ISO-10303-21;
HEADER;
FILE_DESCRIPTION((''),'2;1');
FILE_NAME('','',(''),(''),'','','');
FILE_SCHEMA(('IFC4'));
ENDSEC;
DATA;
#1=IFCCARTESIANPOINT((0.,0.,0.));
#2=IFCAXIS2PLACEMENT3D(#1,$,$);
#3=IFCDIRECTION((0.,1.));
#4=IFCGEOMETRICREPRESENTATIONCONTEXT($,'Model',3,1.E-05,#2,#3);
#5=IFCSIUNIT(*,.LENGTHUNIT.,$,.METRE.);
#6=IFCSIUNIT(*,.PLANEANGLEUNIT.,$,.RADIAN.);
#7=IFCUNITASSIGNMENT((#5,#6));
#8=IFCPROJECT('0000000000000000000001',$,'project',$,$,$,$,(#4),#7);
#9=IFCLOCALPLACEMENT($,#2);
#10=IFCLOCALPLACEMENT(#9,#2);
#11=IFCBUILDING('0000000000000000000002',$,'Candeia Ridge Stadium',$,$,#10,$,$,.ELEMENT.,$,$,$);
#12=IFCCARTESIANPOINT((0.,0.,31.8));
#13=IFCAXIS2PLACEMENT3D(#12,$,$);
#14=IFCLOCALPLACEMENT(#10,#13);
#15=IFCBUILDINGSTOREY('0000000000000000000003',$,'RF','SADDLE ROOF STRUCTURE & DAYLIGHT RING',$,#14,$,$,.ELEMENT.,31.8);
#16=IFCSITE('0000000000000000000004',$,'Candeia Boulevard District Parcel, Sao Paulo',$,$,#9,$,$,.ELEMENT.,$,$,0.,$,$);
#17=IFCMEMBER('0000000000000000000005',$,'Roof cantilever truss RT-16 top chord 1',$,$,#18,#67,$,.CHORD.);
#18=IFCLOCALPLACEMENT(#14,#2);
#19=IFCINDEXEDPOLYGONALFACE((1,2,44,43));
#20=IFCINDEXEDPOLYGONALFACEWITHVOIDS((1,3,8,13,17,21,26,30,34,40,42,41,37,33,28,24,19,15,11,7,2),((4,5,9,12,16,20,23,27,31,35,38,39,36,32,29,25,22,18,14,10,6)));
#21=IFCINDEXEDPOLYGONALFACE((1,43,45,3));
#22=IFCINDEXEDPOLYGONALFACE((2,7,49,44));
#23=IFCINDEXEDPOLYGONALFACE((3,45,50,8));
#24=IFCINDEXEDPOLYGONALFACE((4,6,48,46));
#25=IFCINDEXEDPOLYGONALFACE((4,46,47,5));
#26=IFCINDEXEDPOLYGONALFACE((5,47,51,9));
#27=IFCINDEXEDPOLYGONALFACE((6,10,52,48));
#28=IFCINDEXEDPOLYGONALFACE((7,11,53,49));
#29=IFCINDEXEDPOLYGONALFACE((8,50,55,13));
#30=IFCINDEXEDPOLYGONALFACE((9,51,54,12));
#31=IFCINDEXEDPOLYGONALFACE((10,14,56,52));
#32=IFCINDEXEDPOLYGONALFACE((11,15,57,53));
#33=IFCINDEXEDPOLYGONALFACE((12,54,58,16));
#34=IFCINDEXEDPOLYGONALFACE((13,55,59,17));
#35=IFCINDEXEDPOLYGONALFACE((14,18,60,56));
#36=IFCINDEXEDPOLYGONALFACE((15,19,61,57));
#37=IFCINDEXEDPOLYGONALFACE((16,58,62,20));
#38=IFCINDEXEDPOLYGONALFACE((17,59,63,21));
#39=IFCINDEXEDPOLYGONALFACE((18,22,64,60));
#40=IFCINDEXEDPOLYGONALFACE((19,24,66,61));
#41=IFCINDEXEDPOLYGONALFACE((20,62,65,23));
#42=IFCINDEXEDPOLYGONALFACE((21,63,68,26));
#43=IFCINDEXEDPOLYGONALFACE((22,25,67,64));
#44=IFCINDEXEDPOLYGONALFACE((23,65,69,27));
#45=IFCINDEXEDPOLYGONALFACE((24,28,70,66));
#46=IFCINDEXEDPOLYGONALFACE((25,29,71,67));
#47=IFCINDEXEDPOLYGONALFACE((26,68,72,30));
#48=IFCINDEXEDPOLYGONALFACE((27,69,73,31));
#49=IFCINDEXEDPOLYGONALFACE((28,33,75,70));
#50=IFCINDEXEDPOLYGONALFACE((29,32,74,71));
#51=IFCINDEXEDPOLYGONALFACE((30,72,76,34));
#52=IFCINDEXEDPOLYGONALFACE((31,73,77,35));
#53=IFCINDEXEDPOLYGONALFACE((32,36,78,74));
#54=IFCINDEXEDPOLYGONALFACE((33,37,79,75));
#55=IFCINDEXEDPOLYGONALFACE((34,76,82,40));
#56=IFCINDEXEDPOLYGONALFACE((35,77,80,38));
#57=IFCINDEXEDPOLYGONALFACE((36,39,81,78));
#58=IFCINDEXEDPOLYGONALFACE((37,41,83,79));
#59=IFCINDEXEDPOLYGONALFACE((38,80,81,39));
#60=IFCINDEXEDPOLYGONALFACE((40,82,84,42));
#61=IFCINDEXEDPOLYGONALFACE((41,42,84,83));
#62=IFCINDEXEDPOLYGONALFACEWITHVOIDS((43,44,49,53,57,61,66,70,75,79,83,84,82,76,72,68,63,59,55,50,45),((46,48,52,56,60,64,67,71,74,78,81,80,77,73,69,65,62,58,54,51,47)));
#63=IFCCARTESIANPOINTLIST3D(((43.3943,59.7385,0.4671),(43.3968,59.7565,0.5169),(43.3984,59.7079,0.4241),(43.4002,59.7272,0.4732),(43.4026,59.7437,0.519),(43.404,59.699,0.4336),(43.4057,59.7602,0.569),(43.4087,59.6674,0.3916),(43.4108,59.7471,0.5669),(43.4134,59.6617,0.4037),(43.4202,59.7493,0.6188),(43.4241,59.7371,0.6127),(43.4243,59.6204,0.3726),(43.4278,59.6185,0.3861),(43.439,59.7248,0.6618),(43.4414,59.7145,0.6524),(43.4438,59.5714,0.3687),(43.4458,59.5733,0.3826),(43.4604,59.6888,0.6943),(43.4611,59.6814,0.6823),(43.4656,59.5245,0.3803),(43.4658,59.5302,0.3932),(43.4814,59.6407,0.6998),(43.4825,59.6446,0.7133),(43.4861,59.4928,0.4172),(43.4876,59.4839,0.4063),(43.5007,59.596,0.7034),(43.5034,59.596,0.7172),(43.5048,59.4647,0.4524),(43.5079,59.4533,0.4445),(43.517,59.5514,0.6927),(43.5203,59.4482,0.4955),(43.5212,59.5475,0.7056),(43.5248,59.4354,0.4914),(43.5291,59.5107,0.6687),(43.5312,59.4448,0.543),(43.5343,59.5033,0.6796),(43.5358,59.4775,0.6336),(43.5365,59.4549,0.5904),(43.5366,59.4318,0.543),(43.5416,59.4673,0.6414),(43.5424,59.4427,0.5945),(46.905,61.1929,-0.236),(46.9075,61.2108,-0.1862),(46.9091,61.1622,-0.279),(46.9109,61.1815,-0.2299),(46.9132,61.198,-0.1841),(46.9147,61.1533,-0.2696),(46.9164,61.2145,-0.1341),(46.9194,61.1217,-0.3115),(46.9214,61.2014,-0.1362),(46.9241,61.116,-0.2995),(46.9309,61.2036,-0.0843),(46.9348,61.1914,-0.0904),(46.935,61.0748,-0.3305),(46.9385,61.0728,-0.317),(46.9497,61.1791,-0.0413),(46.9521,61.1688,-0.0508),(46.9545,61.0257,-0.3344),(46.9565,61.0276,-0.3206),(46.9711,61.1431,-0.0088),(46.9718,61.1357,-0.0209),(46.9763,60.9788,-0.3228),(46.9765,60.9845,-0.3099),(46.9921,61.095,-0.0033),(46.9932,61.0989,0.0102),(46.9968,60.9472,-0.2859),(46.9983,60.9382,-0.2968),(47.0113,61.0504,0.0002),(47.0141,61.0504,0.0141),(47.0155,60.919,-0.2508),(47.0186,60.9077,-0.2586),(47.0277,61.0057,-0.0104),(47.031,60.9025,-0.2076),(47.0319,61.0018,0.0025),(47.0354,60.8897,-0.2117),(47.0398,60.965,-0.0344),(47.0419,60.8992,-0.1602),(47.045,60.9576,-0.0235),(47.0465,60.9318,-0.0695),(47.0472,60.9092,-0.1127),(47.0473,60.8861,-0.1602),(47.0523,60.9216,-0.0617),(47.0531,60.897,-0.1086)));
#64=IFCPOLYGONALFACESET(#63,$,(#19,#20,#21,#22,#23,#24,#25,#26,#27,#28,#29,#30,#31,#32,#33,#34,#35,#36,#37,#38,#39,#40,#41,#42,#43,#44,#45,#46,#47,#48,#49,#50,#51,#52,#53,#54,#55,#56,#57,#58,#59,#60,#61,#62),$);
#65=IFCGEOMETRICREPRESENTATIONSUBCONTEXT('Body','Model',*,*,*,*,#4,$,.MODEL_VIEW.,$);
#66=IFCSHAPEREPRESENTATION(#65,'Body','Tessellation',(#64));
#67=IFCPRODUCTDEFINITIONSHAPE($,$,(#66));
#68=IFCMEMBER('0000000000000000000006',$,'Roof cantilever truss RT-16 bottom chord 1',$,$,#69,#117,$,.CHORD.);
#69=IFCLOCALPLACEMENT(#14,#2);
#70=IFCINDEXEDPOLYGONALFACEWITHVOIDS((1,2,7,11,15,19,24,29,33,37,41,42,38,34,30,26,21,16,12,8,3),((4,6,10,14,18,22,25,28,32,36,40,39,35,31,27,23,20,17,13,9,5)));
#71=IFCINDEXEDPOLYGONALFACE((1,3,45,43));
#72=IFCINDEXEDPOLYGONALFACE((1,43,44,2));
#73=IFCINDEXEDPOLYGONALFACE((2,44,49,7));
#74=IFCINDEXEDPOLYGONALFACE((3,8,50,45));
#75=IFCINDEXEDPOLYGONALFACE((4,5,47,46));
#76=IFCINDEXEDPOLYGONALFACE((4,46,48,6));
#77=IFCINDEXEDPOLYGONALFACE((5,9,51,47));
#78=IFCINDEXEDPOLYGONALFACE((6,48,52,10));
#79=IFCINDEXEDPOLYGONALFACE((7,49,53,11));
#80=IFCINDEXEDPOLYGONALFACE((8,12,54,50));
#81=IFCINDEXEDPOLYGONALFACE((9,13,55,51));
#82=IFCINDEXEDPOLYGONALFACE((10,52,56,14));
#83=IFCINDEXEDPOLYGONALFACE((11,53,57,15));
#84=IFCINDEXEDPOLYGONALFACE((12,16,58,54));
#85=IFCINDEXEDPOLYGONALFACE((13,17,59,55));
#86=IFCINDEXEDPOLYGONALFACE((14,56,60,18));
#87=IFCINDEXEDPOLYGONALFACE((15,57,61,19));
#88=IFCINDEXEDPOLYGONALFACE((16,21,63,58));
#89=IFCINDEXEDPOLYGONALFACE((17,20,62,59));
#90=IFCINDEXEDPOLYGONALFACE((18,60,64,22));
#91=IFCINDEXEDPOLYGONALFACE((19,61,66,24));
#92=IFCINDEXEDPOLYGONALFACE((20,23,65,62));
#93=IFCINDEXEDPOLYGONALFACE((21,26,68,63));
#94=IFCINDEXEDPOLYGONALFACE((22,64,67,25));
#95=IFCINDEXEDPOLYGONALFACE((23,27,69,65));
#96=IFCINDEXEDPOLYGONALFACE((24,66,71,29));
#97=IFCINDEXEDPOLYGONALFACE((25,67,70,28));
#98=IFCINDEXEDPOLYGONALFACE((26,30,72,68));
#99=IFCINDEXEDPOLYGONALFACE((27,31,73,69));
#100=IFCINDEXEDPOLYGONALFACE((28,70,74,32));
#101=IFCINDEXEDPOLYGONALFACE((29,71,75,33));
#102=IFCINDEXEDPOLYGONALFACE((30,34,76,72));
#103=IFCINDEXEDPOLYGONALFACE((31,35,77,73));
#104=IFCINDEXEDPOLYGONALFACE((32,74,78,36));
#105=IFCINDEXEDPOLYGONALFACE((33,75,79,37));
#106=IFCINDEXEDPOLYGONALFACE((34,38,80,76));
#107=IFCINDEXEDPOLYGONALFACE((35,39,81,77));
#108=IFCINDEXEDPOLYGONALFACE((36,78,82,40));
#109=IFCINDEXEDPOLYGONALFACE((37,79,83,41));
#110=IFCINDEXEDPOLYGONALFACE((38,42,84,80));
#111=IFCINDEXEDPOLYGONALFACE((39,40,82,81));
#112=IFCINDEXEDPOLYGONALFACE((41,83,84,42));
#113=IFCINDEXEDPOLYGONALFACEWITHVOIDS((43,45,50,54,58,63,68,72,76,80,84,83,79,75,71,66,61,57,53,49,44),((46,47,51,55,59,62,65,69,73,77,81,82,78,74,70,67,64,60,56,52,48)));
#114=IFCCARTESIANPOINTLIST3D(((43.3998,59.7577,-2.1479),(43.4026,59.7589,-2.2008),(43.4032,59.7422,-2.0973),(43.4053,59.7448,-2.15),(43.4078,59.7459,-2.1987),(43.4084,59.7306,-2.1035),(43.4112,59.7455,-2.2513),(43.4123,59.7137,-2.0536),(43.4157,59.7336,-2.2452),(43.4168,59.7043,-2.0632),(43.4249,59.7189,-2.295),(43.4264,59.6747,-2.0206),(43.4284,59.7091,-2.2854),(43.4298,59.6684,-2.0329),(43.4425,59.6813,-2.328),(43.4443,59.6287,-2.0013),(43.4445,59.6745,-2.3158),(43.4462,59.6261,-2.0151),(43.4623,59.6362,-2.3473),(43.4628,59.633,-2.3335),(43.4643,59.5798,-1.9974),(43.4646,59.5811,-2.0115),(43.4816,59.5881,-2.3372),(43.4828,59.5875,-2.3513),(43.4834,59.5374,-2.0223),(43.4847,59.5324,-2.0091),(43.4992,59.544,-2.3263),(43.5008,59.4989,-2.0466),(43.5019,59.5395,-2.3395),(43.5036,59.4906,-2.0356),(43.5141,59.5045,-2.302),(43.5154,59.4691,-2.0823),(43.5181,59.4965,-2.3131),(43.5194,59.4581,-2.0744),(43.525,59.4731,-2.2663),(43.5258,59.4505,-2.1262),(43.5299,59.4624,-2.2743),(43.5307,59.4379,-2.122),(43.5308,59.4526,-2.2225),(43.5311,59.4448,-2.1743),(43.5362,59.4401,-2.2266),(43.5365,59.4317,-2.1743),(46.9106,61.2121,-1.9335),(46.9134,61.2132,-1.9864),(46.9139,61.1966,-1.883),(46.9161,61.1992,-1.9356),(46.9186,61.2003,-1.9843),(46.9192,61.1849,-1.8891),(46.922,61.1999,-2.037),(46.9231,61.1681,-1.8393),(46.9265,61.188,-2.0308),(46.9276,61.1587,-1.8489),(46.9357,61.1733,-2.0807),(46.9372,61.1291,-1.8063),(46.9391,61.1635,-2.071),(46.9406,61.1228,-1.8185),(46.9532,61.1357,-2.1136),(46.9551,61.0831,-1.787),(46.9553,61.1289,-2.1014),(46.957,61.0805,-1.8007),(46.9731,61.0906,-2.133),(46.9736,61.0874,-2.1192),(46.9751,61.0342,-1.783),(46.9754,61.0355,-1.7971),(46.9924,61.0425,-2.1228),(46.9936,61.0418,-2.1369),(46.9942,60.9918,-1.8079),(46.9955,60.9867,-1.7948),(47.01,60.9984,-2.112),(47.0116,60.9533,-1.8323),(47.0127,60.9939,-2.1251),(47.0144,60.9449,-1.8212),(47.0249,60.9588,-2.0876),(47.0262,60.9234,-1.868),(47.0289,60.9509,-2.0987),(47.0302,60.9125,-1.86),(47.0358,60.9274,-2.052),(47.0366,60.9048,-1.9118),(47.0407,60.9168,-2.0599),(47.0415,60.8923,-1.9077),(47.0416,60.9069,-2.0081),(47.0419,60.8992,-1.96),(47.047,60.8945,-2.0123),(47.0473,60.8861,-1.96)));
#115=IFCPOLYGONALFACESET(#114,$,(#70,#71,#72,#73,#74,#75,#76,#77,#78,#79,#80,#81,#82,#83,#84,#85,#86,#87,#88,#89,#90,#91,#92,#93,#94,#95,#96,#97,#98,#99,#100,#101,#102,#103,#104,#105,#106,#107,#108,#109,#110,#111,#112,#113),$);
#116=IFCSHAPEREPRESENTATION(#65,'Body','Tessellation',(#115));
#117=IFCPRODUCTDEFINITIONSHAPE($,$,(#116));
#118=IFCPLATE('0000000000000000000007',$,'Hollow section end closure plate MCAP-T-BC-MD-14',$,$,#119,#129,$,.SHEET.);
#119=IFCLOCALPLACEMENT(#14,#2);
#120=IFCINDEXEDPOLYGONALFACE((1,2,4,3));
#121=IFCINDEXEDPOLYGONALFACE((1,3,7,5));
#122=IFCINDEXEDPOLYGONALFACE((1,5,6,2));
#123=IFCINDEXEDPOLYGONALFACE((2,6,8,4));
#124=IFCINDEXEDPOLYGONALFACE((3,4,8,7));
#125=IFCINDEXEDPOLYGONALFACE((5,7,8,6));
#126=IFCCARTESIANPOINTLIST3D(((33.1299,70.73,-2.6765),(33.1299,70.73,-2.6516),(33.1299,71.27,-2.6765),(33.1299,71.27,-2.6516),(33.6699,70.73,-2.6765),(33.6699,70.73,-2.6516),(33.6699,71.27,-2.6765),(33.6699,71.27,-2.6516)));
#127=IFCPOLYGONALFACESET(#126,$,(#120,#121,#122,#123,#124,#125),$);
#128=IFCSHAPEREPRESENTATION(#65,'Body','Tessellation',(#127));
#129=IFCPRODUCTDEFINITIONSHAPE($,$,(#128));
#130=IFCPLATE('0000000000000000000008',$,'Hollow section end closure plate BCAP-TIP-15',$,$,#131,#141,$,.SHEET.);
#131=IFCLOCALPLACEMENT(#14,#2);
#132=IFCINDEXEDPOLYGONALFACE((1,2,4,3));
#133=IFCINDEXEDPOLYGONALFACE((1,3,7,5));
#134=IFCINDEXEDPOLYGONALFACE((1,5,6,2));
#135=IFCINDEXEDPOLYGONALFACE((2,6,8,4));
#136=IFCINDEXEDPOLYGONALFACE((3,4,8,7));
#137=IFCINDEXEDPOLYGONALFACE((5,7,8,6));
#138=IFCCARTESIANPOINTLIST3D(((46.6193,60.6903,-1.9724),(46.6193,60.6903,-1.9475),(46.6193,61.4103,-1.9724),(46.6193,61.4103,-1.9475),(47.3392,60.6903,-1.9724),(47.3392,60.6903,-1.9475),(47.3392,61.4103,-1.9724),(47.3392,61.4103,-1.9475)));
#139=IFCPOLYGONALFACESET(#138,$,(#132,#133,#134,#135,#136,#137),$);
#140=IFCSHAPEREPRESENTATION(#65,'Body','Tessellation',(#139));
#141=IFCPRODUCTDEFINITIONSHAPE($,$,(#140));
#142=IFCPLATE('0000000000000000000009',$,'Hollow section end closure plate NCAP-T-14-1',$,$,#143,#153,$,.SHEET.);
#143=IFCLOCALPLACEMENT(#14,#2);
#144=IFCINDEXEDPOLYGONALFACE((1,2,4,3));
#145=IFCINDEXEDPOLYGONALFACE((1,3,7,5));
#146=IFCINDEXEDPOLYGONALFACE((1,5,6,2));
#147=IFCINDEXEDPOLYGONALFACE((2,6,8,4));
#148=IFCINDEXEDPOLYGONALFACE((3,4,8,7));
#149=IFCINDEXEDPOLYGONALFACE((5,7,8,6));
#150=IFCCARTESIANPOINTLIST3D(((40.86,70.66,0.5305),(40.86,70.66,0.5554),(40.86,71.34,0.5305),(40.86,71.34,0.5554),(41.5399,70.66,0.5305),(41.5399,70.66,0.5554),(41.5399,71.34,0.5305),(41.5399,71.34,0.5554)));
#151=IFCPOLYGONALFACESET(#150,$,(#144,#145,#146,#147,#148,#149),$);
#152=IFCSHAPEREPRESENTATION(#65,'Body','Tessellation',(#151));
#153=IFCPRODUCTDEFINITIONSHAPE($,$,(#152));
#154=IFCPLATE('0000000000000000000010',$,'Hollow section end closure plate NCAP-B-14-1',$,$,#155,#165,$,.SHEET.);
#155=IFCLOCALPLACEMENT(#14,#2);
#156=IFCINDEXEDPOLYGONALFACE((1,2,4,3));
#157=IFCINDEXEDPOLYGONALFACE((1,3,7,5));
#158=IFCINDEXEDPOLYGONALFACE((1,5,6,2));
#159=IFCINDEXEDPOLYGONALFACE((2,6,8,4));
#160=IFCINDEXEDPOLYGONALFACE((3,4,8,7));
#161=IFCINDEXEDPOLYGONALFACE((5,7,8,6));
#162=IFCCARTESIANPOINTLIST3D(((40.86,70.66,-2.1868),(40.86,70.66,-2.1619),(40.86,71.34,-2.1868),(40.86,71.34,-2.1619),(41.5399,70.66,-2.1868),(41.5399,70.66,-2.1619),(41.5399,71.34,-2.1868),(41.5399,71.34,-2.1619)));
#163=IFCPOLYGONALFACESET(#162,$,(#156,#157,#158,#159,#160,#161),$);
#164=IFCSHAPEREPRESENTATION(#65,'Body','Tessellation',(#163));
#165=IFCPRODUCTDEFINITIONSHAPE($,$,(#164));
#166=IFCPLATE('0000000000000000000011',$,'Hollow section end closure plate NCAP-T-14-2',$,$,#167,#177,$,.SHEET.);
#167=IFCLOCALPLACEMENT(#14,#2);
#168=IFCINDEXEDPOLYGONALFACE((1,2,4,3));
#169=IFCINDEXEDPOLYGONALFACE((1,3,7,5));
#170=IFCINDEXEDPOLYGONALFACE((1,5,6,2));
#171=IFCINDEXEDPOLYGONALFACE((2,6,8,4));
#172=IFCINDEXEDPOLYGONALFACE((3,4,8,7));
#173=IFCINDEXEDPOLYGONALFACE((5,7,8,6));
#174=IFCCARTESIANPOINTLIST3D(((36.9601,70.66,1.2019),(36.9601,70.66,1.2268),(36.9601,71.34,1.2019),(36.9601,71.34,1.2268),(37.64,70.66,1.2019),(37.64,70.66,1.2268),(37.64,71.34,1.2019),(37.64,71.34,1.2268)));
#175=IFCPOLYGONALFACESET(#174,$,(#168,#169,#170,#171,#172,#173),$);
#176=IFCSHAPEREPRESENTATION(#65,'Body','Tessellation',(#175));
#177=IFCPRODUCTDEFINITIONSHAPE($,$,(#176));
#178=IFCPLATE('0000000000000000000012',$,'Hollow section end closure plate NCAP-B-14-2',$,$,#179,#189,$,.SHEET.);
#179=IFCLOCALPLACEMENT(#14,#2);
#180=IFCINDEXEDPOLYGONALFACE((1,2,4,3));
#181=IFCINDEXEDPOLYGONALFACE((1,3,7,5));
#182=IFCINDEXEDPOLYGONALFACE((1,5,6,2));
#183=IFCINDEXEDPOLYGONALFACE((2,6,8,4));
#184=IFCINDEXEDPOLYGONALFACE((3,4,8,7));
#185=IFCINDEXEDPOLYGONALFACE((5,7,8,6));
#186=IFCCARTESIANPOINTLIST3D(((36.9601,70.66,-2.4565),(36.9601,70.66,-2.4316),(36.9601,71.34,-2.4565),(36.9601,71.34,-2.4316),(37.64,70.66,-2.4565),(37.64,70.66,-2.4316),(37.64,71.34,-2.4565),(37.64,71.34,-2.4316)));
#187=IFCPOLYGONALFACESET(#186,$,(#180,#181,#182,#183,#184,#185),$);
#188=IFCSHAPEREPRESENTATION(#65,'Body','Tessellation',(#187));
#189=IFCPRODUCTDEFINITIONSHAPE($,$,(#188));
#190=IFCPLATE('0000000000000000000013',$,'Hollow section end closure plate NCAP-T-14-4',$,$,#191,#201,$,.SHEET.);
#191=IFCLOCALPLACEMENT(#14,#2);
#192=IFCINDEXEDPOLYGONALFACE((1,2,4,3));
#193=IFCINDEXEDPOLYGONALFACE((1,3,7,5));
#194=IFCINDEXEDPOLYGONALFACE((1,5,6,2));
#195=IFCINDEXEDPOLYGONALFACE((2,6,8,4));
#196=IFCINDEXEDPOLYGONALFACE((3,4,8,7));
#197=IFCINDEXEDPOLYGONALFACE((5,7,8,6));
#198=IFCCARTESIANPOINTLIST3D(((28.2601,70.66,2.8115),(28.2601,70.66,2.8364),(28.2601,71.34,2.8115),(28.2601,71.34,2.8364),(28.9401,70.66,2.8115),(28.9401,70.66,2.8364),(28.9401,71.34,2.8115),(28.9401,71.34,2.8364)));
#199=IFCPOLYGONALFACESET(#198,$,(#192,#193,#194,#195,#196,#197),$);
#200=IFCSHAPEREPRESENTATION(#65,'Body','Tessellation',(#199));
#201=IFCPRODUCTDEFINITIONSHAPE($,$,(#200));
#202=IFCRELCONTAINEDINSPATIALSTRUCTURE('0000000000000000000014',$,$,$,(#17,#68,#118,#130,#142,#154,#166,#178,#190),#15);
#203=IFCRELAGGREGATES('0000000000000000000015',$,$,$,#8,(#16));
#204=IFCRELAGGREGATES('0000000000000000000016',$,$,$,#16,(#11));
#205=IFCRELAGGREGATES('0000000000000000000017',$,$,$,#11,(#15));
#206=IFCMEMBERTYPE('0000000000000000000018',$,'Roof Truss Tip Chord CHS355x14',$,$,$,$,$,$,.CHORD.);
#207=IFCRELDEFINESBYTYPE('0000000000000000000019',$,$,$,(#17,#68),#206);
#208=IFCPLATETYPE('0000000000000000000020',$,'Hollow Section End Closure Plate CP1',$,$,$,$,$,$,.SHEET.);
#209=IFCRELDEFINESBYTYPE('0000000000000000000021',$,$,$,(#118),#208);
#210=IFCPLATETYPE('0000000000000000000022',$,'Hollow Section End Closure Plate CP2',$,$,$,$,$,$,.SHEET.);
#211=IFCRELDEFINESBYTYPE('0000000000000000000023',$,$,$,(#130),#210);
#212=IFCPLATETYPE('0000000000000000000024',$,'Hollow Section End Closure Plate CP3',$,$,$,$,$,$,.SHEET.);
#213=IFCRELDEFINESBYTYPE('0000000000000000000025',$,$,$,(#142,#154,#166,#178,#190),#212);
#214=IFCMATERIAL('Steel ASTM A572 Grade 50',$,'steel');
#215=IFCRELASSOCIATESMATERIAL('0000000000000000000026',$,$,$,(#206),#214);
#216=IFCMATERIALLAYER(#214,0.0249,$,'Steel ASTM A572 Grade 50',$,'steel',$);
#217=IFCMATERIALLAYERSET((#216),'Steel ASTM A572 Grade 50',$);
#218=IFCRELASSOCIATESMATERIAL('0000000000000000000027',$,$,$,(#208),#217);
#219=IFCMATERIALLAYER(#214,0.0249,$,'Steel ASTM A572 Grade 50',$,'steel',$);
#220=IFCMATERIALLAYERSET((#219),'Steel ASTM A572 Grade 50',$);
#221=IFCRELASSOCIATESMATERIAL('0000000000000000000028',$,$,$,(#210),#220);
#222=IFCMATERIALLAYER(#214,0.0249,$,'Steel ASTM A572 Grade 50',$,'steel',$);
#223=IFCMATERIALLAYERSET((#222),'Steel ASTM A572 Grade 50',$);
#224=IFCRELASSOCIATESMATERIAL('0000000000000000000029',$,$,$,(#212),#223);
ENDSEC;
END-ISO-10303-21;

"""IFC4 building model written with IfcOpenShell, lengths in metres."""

from ifc_helpers import new_model, si_unit, direction, frame, origin, origin_2d, place, context, subcontext, project, spatial, rectangle, hollow_circle, extrude, material, layer, layer_set, material_profile, profile_set, type_object, element, save


model = new_model("IFC4")

# Units and contexts
model_context = context("Model", 3, precision=1e-05, world=origin(), true_north=direction((0.0, 1.0)))
body_context = subcontext(model_context, "Body", "Model", "MODEL_VIEW")
ifc_project = project(units=[si_unit("LENGTHUNIT", "METRE"), si_unit("PLANEANGLEUNIT", "RADIAN")], contexts=[model_context])

# Site, building, storey
site_placement = place(None, origin())
site = spatial("IfcSite", under=ifc_project, at=site_placement, Name="Candeia Boulevard District Parcel, Sao Paulo", CompositionType="ELEMENT", RefElevation=0.0)
building_placement = place(site_placement, origin())
building = spatial("IfcBuilding", under=site, at=building_placement, Name="Candeia Ridge Stadium", CompositionType="ELEMENT")
storey_placement = place(building_placement, frame((0.0, 0.0, 31.8)))
storey = spatial("IfcBuildingStorey", under=building, at=storey_placement, Name="RF", Description="SADDLE ROOF STRUCTURE & DAYLIGHT RING", CompositionType="ELEMENT", Elevation=31.8)

# Shared definitions
ifc_material_1 = material(Name="Steel ASTM A572 Grade 50", Category="steel")

# Members
ifc_material_profile_1 = material_profile(ifc_material_1, hollow_circle(Radius=0.1777, WallThickness=0.0142, at=origin_2d()), Name="CHS355x14", Category="steel")
ifc_profile_set_1 = profile_set([ifc_material_profile_1], Name="Steel ASTM A572 Grade 50")
member_type_1 = type_object("IfcMemberType", Name="Roof Truss Tip Chord CHS355x14", PredefinedType="CHORD", material=ifc_profile_set_1)
member_1_placement = place(storey_placement, frame((46.9792, 61.0503, -0.1602), z_axis=(-0.908446, -0.376329, 0.181942), x_axis=(0.382717, -0.923866, 0.0)))
element("IfcMember", 1, at=member_1_placement, inside=storey, type_object=member_type_1, Name="Roof cantilever truss RT-16 top chord 1", PredefinedType="CHORD", context=body_context, shape_type="SweptSolid", body=[
    extrude(hollow_circle(Radius=0.1777, WallThickness=0.0142, at=origin_2d()), origin(), (0.0, 0.0, 1.0), 3.8645),
])
member_2_placement = place(storey_placement, frame((46.9792, 61.0503, -1.96), z_axis=(-0.922399, -0.382109, -0.056319), x_axis=(0.382717, -0.923866, 0.0)))
element("IfcMember", 2, at=member_2_placement, inside=storey, type_object=member_type_1, Name="Roof cantilever truss RT-16 bottom chord 1", PredefinedType="CHORD", context=body_context, shape_type="SweptSolid", body=[
    extrude(hollow_circle(Radius=0.1777, WallThickness=0.0142, at=origin_2d()), origin(), (0.0, 0.0, 1.0), 3.8062),
])

# Plates
ifc_layer_1 = layer(ifc_material_1, 0.0249, Name="Steel ASTM A572 Grade 50", Category="steel")
ifc_layer_set_1 = layer_set([ifc_layer_1], Name="Steel ASTM A572 Grade 50")
plate_type_1 = type_object("IfcPlateType", Name="Hollow Section End Closure Plate CP1", PredefinedType="SHEET", material=ifc_layer_set_1)
plate_1_placement = place(storey_placement, frame((33.3999, 71.0, -2.6765), z_axis=(0.0, 0.0, 1.0), x_axis=(1.0, 0.0, 0.0)))
element("IfcPlate", 3, at=plate_1_placement, inside=storey, type_object=plate_type_1, Name="Hollow section end closure plate MCAP-T-BC-MD-14", PredefinedType="SHEET", context=body_context, shape_type="SweptSolid", body=[
    extrude(rectangle(XDim=0.54, YDim=0.54, at=origin_2d()), origin(), (0.0, 0.0, 1.0), 0.0249),
])
ifc_layer_2 = layer(ifc_material_1, 0.0249, Name="Steel ASTM A572 Grade 50", Category="steel")
ifc_layer_set_2 = layer_set([ifc_layer_2], Name="Steel ASTM A572 Grade 50")
plate_type_2 = type_object("IfcPlateType", Name="Hollow Section End Closure Plate CP2", PredefinedType="SHEET", material=ifc_layer_set_2)
plate_2_placement = place(storey_placement, frame((46.9792, 61.0503, -1.9724), z_axis=(0.0, 0.0, 1.0), x_axis=(1.0, 0.0, 0.0)))
element("IfcPlate", 4, at=plate_2_placement, inside=storey, type_object=plate_type_2, Name="Hollow section end closure plate BCAP-TIP-15", PredefinedType="SHEET", context=body_context, shape_type="SweptSolid", body=[
    extrude(rectangle(XDim=0.72, YDim=0.72, at=origin_2d()), origin(), (0.0, 0.0, 1.0), 0.0249),
])
ifc_layer_3 = layer(ifc_material_1, 0.0249, Name="Steel ASTM A572 Grade 50", Category="steel")
ifc_layer_set_3 = layer_set([ifc_layer_3], Name="Steel ASTM A572 Grade 50")
plate_type_3 = type_object("IfcPlateType", Name="Hollow Section End Closure Plate CP3", PredefinedType="SHEET", material=ifc_layer_set_3)
for number, where, z_axis, x_axis, name in (
    (5, (41.2, 71.0, 0.5305), (0.0, 0.0, 1.0), (1.0, 0.0, 0.0), "Hollow section end closure plate NCAP-T-14-1"),
    (6, (41.2, 71.0, -2.1868), (0.0, 0.0, 1.0), (1.0, 0.0, 0.0), "Hollow section end closure plate NCAP-B-14-1"),
    (7, (37.3, 71.0, 1.2019), (0.0, 0.0, 1.0), (1.0, 0.0, 0.0), "Hollow section end closure plate NCAP-T-14-2"),
    (8, (37.3, 71.0, -2.4565), (0.0, 0.0, 1.0), (1.0, 0.0, 0.0), "Hollow section end closure plate NCAP-B-14-2"),
    (9, (28.6001, 71.0, 2.8115), (0.0, 0.0, 1.0), (1.0, 0.0, 0.0), "Hollow section end closure plate NCAP-T-14-4"),
):
    element("IfcPlate", number, at=place(storey_placement, frame(where, z_axis=z_axis, x_axis=x_axis)), inside=storey, type_object=plate_type_3, Name=name, PredefinedType="SHEET", context=body_context, shape_type="SweptSolid", body=[
        extrude(rectangle(XDim=0.6799, YDim=0.6799, at=origin_2d()), origin(), (0.0, 0.0, 1.0), 0.0249),
    ])

save(model, "model.ifc")
